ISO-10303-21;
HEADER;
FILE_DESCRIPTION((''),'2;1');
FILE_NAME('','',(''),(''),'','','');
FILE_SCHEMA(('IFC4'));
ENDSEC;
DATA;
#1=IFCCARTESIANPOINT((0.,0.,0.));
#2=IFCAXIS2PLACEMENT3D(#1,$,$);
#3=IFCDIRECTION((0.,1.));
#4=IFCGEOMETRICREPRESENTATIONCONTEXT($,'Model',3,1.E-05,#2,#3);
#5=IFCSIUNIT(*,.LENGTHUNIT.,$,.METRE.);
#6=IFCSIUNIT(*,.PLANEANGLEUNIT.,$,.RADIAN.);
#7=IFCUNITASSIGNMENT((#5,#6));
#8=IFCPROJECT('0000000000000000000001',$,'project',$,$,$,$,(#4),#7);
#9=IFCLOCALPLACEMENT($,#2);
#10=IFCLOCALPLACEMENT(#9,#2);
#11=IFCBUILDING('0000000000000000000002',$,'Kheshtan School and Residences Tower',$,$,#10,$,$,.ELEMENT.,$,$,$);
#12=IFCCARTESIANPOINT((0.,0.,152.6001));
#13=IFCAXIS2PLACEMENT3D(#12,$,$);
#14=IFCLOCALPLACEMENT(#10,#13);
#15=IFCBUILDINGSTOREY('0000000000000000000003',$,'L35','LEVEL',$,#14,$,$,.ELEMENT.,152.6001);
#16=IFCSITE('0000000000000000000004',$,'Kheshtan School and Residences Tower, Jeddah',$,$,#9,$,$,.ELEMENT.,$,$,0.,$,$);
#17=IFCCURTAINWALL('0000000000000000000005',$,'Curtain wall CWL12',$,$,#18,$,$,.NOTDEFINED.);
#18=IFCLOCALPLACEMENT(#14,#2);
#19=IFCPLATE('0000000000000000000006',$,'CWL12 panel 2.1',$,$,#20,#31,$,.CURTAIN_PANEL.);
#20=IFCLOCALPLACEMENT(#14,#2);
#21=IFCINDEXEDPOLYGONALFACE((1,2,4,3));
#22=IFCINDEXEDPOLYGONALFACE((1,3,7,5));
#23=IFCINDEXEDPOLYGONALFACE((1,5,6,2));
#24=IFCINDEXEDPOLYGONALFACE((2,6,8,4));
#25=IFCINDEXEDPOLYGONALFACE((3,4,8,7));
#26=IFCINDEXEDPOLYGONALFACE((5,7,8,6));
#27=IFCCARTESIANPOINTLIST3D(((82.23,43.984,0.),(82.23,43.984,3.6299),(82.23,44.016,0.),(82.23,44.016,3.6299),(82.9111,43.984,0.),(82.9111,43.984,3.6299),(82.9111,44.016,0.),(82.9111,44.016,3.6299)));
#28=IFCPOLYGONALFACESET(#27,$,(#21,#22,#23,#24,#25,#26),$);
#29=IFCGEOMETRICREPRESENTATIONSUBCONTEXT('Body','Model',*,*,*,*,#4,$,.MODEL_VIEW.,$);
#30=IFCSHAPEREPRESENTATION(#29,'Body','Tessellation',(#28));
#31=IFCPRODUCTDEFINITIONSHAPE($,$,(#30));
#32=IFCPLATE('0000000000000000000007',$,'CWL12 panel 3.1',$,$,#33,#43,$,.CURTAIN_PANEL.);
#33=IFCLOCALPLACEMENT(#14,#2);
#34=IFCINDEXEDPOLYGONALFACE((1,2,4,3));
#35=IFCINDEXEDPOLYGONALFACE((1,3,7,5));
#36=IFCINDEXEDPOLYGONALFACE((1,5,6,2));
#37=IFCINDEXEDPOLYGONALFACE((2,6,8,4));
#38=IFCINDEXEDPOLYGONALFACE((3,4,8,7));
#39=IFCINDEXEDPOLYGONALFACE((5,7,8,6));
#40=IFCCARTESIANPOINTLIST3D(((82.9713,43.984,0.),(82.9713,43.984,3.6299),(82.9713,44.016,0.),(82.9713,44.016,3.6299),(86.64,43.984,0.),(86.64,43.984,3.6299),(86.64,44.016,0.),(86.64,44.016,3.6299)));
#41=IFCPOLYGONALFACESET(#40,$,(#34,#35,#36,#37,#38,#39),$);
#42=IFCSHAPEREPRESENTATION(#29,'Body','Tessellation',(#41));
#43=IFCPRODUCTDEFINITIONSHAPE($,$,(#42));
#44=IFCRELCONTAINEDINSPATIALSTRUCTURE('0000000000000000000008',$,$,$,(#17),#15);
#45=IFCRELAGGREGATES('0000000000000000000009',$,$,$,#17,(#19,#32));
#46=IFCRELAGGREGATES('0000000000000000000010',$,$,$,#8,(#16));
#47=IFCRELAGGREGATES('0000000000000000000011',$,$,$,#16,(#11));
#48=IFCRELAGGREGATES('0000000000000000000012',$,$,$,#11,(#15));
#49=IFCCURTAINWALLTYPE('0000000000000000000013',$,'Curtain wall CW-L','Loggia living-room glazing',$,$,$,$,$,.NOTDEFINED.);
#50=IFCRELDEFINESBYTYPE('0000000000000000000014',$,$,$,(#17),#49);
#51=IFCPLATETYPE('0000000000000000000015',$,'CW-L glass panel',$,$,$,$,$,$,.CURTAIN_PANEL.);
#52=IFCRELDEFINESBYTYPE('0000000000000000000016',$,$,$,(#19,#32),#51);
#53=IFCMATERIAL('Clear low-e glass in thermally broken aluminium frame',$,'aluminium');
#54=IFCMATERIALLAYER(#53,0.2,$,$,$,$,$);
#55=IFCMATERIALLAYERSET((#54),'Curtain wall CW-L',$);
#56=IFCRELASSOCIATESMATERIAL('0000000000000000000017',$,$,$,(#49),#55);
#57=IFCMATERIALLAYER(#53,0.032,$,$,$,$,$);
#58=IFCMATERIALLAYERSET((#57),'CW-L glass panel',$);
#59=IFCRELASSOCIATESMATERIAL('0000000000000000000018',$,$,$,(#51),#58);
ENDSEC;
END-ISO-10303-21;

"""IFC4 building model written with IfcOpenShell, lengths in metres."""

from ifc_helpers import new_model, si_unit, direction, frame, origin, origin_2d, place, context, subcontext, project, spatial, rectangle, extrude, material, layer, layer_set, type_object, element, aggregate, save


model = new_model("IFC4")

# Units and contexts
model_context = context("Model", 3, precision=1e-05, world=origin(), true_north=direction((0.0, 1.0)))
body_context = subcontext(model_context, "Body", "Model", "MODEL_VIEW")
ifc_project = project(units=[si_unit("LENGTHUNIT", "METRE"), si_unit("PLANEANGLEUNIT", "RADIAN")], contexts=[model_context])

# Site, building, storey
site_placement = place(None, origin())
site = spatial("IfcSite", under=ifc_project, at=site_placement, Name="Kheshtan School and Residences Tower, Jeddah", CompositionType="ELEMENT", RefElevation=0.0)
building_placement = place(site_placement, origin())
building = spatial("IfcBuilding", under=site, at=building_placement, Name="Kheshtan School and Residences Tower", CompositionType="ELEMENT")
storey_placement = place(building_placement, frame((0.0, 0.0, 152.6001)))
storey = spatial("IfcBuildingStorey", under=building, at=storey_placement, Name="L35", Description="LEVEL", CompositionType="ELEMENT", Elevation=152.6001)

# Curtain wall
ifc_material_1 = material(Name="Clear low-e glass in thermally broken aluminium frame", Category="aluminium")
ifc_layer_1 = layer(ifc_material_1, 0.2)
ifc_layer_set_1 = layer_set([ifc_layer_1], Name="Curtain wall CW-L")
curtain_wall_type = type_object("IfcCurtainWallType", Name="Curtain wall CW-L", Description="Loggia living-room glazing", PredefinedType="NOTDEFINED", material=ifc_layer_set_1)
curtain_wall_1_placement = place(storey_placement, origin())
curtain_wall_1 = element("IfcCurtainWall", 1, at=curtain_wall_1_placement, inside=storey, type_object=curtain_wall_type, Name="Curtain wall CWL12", PredefinedType="NOTDEFINED")

# Plates
ifc_layer_2 = layer(ifc_material_1, 0.032)
ifc_layer_set_2 = layer_set([ifc_layer_2], Name="CW-L glass panel")
plate_type = type_object("IfcPlateType", Name="CW-L glass panel", PredefinedType="CURTAIN_PANEL", material=ifc_layer_set_2)
plate_1_placement = place(storey_placement, frame((82.5706, 44.0, 0.0), z_axis=(0.0, 0.0, 1.0), x_axis=(1.0, 0.0, 0.0)))
plate_1 = element("IfcPlate", 2, at=plate_1_placement, type_object=plate_type, Name="CWL12 panel 2.1", PredefinedType="CURTAIN_PANEL", context=body_context, shape_type="SweptSolid", body=[
    extrude(rectangle(XDim=0.6812, YDim=0.032, at=origin_2d()), origin(), (0.0, 0.0, 1.0), 3.6299),
])
plate_2_placement = place(storey_placement, frame((84.8057, 44.0, 0.0), z_axis=(0.0, 0.0, 1.0), x_axis=(1.0, 0.0, 0.0)))
plate_2 = element("IfcPlate", 3, at=plate_2_placement, type_object=plate_type, Name="CWL12 panel 3.1", PredefinedType="CURTAIN_PANEL", context=body_context, shape_type="SweptSolid", body=[
    extrude(rectangle(XDim=3.6687, YDim=0.032, at=origin_2d()), origin(), (0.0, 0.0, 1.0), 3.6299),
])
aggregate(curtain_wall_1, [plate_1, plate_2])

save(model, "model.ifc")
